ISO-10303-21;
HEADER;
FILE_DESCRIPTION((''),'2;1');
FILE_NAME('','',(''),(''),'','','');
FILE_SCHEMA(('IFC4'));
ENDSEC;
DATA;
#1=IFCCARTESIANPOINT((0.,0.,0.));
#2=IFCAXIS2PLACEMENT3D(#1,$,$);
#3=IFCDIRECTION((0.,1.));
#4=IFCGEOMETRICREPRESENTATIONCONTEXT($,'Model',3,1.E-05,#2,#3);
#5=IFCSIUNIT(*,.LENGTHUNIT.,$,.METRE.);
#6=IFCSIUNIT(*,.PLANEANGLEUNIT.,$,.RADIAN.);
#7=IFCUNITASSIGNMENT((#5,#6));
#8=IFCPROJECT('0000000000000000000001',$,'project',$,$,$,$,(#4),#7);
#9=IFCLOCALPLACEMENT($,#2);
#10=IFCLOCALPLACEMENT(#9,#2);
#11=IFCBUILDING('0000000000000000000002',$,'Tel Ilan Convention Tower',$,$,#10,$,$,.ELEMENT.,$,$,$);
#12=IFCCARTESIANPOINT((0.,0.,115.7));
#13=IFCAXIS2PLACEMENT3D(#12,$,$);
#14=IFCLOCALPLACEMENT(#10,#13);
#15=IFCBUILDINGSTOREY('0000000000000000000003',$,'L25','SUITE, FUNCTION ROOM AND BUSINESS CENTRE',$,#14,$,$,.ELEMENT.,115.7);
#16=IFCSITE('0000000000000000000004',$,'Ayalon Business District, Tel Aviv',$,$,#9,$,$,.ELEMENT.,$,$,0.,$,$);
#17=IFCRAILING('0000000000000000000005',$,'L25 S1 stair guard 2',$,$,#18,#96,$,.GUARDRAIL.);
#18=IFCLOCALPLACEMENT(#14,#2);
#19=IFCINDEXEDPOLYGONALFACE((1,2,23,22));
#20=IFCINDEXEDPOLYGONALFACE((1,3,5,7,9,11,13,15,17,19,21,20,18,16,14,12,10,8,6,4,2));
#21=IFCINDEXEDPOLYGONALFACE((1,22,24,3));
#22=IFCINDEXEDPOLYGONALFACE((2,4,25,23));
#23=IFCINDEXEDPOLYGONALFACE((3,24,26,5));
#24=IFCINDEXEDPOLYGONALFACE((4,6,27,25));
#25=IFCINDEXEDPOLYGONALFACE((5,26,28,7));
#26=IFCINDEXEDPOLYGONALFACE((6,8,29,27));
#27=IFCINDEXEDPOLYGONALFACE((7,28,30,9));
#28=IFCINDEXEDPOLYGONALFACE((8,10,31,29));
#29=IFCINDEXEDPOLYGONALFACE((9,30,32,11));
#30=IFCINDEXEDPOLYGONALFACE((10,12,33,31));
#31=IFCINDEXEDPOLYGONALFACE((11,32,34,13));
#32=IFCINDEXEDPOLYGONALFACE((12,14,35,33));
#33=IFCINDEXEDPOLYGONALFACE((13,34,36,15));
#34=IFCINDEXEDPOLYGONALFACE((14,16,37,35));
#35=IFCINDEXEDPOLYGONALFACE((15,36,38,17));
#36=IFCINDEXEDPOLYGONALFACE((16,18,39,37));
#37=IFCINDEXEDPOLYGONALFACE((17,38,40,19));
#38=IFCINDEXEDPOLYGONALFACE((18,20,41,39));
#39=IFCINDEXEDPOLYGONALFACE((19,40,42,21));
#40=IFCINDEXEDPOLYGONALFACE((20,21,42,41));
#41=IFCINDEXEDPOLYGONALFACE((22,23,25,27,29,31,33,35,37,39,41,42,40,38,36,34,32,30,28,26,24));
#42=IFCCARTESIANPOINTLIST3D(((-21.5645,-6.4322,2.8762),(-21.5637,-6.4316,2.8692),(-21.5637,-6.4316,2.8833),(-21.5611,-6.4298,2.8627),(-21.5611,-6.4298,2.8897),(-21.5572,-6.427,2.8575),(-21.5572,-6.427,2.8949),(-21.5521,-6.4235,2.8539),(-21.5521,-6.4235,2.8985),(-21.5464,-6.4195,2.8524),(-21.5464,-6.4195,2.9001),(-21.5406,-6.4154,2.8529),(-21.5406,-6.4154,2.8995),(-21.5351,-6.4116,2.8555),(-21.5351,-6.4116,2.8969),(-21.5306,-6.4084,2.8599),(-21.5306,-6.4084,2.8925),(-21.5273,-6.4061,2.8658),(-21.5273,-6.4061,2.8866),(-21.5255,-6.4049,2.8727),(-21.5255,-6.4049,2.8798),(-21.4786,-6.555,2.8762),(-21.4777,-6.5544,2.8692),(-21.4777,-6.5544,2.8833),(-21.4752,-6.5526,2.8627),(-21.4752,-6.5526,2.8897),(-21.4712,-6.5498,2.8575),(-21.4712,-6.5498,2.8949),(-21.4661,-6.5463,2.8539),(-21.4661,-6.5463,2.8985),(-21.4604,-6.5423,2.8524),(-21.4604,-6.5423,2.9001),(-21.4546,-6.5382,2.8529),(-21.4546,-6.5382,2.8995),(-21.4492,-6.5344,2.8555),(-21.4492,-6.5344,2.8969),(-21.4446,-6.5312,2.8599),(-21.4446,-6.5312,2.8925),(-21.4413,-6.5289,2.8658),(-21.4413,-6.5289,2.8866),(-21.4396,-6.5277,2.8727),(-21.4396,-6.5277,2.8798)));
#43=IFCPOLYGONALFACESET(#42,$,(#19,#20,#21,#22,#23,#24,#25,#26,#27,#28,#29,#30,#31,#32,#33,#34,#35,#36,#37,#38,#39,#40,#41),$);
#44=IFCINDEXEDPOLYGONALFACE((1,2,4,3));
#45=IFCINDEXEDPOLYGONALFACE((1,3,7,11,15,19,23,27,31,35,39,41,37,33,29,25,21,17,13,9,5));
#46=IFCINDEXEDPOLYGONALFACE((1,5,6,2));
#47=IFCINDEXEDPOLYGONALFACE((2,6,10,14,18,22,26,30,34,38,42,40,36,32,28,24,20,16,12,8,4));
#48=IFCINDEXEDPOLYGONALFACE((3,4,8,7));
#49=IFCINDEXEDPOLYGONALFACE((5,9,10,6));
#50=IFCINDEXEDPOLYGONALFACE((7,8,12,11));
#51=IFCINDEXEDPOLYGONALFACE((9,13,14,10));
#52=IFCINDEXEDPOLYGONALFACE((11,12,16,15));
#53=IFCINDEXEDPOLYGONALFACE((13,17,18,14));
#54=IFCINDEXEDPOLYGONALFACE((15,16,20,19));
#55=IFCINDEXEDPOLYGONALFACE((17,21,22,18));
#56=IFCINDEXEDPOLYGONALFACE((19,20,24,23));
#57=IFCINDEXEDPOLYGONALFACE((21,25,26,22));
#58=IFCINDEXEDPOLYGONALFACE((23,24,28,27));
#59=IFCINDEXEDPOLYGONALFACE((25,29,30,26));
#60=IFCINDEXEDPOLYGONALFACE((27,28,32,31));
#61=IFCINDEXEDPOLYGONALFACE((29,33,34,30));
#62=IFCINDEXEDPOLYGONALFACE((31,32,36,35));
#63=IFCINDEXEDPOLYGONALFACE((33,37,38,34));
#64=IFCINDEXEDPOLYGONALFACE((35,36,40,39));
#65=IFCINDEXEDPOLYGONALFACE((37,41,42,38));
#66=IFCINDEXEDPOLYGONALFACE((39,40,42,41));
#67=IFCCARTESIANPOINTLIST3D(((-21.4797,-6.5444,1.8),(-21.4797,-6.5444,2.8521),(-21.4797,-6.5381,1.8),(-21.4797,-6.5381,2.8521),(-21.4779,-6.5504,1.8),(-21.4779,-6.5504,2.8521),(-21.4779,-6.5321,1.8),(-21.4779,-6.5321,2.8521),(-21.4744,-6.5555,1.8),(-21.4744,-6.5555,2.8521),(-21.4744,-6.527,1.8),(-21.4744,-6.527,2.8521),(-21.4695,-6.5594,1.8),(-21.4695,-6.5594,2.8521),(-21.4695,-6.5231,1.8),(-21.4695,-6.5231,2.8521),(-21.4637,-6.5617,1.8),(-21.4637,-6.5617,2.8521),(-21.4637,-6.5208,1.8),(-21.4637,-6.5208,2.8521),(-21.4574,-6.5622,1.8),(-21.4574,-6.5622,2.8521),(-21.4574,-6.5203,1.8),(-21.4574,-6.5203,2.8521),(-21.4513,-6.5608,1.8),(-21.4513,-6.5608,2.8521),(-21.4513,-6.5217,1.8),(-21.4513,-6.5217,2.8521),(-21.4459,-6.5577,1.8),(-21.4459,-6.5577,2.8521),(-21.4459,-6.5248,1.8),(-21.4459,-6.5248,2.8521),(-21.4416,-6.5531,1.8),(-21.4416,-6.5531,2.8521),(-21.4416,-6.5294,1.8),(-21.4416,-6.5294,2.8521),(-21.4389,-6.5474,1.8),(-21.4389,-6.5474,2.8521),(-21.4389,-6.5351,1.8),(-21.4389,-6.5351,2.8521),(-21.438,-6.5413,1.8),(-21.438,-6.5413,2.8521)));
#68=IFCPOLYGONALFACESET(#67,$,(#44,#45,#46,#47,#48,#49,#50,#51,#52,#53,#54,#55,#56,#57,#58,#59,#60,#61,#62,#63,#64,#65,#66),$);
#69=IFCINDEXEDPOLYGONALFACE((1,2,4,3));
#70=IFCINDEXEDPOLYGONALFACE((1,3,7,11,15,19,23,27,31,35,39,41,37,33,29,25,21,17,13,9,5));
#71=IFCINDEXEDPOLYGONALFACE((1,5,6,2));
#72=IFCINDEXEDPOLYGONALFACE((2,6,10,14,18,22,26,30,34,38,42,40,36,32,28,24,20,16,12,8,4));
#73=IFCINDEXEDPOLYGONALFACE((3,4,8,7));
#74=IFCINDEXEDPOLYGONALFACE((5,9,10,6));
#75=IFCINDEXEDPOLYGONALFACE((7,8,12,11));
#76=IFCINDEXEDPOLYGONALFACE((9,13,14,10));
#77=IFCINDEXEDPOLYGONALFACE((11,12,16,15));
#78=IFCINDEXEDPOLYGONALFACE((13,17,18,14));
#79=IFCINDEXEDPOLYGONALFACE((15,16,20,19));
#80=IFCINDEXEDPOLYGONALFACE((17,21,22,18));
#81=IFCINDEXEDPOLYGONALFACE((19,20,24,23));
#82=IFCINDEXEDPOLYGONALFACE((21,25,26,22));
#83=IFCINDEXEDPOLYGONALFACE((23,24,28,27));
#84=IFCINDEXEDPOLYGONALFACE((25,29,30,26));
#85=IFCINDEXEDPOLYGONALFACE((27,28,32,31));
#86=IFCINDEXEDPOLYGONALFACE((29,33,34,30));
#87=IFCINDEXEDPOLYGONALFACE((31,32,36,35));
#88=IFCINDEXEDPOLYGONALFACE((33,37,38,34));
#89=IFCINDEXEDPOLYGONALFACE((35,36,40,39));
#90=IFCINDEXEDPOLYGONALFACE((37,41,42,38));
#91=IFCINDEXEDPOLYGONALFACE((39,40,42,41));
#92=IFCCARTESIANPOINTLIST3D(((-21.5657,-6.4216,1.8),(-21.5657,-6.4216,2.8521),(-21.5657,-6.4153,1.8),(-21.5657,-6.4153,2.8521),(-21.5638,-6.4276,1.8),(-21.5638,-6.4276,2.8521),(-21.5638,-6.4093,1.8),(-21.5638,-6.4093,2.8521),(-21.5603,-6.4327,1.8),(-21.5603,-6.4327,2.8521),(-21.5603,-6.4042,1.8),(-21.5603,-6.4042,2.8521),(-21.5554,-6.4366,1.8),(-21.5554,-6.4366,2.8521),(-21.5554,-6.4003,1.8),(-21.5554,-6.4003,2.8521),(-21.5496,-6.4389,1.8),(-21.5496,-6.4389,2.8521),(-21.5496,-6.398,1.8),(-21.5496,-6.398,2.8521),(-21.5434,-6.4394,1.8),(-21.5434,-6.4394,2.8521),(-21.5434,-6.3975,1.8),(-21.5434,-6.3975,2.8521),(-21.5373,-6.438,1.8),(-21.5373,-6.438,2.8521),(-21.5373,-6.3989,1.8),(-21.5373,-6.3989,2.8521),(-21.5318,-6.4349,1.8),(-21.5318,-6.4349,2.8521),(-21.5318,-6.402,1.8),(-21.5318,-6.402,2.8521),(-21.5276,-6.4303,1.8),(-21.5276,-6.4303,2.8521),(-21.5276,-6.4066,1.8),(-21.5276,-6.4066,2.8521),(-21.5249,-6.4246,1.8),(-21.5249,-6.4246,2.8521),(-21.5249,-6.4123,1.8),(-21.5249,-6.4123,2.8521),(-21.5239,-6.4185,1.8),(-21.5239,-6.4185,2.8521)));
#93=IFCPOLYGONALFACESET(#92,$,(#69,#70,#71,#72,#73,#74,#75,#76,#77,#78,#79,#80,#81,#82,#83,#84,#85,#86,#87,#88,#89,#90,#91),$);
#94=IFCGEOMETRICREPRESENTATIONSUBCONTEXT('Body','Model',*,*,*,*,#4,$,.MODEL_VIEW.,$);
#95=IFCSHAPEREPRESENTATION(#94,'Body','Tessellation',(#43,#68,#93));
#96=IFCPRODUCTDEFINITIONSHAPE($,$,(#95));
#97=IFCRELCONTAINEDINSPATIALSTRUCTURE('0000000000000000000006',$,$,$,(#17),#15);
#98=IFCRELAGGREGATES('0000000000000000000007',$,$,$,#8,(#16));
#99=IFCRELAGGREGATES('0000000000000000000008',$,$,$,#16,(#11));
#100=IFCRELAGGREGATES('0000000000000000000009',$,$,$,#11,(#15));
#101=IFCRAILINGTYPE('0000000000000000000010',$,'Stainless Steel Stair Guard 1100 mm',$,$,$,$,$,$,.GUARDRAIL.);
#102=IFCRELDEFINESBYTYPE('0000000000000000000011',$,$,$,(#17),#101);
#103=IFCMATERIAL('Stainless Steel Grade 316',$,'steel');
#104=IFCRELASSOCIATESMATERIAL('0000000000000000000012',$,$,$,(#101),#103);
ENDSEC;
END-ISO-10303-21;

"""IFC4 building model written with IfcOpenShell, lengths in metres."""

from ifc_helpers import new_model, si_unit, direction, frame, origin, origin_2d, place, context, subcontext, project, spatial, circle, extrude, material, type_object, element, save


model = new_model("IFC4")

# Units and contexts
model_context = context("Model", 3, precision=1e-05, world=origin(), true_north=direction((0.0, 1.0)))
body_context = subcontext(model_context, "Body", "Model", "MODEL_VIEW")
ifc_project = project(units=[si_unit("LENGTHUNIT", "METRE"), si_unit("PLANEANGLEUNIT", "RADIAN")], contexts=[model_context])

# Site, building, storey
site_placement = place(None, origin())
site = spatial("IfcSite", under=ifc_project, at=site_placement, Name="Ayalon Business District, Tel Aviv", CompositionType="ELEMENT", RefElevation=0.0)
building_placement = place(site_placement, origin())
building = spatial("IfcBuilding", under=site, at=building_placement, Name="Tel Ilan Convention Tower", CompositionType="ELEMENT")
storey_placement = place(building_placement, frame((0.0, 0.0, 115.7)))
storey = spatial("IfcBuildingStorey", under=building, at=storey_placement, Name="L25", Description="SUITE, FUNCTION ROOM AND BUSINESS CENTRE", CompositionType="ELEMENT", Elevation=115.7)

# Railing
ifc_material_1 = material(Name="Stainless Steel Grade 316", Category="steel")
railing_type_1 = type_object("IfcRailingType", Name="Stainless Steel Stair Guard 1100 mm", PredefinedType="GUARDRAIL", material=ifc_material_1)
railing_1_placement = place(storey_placement, frame((-21.459, -6.5413, 1.8)))
element("IfcRailing", 1, at=railing_1_placement, inside=storey, type_object=railing_type_1, Name="L25 S1 stair guard 2", PredefinedType="GUARDRAIL", context=body_context, shape_type="SweptSolid", body=[
    extrude(circle(Radius=0.0239, at=origin_2d()), frame((0.0, 0.0, 1.0762), z_axis=(-0.573353, 0.819308, 0.0), x_axis=(-0.819308, -0.573353, 0.0)), (0.0, 0.0, 1.0), 0.1499),
    extrude(circle(Radius=0.021, at=origin_2d()), origin(), (0.0, 0.0, 1.0), 1.052),
    extrude(circle(Radius=0.021, at=origin_2d()), frame((-0.0859, 0.1228, 0.0)), (0.0, 0.0, 1.0), 1.052),
])

save(model, "model.ifc")
